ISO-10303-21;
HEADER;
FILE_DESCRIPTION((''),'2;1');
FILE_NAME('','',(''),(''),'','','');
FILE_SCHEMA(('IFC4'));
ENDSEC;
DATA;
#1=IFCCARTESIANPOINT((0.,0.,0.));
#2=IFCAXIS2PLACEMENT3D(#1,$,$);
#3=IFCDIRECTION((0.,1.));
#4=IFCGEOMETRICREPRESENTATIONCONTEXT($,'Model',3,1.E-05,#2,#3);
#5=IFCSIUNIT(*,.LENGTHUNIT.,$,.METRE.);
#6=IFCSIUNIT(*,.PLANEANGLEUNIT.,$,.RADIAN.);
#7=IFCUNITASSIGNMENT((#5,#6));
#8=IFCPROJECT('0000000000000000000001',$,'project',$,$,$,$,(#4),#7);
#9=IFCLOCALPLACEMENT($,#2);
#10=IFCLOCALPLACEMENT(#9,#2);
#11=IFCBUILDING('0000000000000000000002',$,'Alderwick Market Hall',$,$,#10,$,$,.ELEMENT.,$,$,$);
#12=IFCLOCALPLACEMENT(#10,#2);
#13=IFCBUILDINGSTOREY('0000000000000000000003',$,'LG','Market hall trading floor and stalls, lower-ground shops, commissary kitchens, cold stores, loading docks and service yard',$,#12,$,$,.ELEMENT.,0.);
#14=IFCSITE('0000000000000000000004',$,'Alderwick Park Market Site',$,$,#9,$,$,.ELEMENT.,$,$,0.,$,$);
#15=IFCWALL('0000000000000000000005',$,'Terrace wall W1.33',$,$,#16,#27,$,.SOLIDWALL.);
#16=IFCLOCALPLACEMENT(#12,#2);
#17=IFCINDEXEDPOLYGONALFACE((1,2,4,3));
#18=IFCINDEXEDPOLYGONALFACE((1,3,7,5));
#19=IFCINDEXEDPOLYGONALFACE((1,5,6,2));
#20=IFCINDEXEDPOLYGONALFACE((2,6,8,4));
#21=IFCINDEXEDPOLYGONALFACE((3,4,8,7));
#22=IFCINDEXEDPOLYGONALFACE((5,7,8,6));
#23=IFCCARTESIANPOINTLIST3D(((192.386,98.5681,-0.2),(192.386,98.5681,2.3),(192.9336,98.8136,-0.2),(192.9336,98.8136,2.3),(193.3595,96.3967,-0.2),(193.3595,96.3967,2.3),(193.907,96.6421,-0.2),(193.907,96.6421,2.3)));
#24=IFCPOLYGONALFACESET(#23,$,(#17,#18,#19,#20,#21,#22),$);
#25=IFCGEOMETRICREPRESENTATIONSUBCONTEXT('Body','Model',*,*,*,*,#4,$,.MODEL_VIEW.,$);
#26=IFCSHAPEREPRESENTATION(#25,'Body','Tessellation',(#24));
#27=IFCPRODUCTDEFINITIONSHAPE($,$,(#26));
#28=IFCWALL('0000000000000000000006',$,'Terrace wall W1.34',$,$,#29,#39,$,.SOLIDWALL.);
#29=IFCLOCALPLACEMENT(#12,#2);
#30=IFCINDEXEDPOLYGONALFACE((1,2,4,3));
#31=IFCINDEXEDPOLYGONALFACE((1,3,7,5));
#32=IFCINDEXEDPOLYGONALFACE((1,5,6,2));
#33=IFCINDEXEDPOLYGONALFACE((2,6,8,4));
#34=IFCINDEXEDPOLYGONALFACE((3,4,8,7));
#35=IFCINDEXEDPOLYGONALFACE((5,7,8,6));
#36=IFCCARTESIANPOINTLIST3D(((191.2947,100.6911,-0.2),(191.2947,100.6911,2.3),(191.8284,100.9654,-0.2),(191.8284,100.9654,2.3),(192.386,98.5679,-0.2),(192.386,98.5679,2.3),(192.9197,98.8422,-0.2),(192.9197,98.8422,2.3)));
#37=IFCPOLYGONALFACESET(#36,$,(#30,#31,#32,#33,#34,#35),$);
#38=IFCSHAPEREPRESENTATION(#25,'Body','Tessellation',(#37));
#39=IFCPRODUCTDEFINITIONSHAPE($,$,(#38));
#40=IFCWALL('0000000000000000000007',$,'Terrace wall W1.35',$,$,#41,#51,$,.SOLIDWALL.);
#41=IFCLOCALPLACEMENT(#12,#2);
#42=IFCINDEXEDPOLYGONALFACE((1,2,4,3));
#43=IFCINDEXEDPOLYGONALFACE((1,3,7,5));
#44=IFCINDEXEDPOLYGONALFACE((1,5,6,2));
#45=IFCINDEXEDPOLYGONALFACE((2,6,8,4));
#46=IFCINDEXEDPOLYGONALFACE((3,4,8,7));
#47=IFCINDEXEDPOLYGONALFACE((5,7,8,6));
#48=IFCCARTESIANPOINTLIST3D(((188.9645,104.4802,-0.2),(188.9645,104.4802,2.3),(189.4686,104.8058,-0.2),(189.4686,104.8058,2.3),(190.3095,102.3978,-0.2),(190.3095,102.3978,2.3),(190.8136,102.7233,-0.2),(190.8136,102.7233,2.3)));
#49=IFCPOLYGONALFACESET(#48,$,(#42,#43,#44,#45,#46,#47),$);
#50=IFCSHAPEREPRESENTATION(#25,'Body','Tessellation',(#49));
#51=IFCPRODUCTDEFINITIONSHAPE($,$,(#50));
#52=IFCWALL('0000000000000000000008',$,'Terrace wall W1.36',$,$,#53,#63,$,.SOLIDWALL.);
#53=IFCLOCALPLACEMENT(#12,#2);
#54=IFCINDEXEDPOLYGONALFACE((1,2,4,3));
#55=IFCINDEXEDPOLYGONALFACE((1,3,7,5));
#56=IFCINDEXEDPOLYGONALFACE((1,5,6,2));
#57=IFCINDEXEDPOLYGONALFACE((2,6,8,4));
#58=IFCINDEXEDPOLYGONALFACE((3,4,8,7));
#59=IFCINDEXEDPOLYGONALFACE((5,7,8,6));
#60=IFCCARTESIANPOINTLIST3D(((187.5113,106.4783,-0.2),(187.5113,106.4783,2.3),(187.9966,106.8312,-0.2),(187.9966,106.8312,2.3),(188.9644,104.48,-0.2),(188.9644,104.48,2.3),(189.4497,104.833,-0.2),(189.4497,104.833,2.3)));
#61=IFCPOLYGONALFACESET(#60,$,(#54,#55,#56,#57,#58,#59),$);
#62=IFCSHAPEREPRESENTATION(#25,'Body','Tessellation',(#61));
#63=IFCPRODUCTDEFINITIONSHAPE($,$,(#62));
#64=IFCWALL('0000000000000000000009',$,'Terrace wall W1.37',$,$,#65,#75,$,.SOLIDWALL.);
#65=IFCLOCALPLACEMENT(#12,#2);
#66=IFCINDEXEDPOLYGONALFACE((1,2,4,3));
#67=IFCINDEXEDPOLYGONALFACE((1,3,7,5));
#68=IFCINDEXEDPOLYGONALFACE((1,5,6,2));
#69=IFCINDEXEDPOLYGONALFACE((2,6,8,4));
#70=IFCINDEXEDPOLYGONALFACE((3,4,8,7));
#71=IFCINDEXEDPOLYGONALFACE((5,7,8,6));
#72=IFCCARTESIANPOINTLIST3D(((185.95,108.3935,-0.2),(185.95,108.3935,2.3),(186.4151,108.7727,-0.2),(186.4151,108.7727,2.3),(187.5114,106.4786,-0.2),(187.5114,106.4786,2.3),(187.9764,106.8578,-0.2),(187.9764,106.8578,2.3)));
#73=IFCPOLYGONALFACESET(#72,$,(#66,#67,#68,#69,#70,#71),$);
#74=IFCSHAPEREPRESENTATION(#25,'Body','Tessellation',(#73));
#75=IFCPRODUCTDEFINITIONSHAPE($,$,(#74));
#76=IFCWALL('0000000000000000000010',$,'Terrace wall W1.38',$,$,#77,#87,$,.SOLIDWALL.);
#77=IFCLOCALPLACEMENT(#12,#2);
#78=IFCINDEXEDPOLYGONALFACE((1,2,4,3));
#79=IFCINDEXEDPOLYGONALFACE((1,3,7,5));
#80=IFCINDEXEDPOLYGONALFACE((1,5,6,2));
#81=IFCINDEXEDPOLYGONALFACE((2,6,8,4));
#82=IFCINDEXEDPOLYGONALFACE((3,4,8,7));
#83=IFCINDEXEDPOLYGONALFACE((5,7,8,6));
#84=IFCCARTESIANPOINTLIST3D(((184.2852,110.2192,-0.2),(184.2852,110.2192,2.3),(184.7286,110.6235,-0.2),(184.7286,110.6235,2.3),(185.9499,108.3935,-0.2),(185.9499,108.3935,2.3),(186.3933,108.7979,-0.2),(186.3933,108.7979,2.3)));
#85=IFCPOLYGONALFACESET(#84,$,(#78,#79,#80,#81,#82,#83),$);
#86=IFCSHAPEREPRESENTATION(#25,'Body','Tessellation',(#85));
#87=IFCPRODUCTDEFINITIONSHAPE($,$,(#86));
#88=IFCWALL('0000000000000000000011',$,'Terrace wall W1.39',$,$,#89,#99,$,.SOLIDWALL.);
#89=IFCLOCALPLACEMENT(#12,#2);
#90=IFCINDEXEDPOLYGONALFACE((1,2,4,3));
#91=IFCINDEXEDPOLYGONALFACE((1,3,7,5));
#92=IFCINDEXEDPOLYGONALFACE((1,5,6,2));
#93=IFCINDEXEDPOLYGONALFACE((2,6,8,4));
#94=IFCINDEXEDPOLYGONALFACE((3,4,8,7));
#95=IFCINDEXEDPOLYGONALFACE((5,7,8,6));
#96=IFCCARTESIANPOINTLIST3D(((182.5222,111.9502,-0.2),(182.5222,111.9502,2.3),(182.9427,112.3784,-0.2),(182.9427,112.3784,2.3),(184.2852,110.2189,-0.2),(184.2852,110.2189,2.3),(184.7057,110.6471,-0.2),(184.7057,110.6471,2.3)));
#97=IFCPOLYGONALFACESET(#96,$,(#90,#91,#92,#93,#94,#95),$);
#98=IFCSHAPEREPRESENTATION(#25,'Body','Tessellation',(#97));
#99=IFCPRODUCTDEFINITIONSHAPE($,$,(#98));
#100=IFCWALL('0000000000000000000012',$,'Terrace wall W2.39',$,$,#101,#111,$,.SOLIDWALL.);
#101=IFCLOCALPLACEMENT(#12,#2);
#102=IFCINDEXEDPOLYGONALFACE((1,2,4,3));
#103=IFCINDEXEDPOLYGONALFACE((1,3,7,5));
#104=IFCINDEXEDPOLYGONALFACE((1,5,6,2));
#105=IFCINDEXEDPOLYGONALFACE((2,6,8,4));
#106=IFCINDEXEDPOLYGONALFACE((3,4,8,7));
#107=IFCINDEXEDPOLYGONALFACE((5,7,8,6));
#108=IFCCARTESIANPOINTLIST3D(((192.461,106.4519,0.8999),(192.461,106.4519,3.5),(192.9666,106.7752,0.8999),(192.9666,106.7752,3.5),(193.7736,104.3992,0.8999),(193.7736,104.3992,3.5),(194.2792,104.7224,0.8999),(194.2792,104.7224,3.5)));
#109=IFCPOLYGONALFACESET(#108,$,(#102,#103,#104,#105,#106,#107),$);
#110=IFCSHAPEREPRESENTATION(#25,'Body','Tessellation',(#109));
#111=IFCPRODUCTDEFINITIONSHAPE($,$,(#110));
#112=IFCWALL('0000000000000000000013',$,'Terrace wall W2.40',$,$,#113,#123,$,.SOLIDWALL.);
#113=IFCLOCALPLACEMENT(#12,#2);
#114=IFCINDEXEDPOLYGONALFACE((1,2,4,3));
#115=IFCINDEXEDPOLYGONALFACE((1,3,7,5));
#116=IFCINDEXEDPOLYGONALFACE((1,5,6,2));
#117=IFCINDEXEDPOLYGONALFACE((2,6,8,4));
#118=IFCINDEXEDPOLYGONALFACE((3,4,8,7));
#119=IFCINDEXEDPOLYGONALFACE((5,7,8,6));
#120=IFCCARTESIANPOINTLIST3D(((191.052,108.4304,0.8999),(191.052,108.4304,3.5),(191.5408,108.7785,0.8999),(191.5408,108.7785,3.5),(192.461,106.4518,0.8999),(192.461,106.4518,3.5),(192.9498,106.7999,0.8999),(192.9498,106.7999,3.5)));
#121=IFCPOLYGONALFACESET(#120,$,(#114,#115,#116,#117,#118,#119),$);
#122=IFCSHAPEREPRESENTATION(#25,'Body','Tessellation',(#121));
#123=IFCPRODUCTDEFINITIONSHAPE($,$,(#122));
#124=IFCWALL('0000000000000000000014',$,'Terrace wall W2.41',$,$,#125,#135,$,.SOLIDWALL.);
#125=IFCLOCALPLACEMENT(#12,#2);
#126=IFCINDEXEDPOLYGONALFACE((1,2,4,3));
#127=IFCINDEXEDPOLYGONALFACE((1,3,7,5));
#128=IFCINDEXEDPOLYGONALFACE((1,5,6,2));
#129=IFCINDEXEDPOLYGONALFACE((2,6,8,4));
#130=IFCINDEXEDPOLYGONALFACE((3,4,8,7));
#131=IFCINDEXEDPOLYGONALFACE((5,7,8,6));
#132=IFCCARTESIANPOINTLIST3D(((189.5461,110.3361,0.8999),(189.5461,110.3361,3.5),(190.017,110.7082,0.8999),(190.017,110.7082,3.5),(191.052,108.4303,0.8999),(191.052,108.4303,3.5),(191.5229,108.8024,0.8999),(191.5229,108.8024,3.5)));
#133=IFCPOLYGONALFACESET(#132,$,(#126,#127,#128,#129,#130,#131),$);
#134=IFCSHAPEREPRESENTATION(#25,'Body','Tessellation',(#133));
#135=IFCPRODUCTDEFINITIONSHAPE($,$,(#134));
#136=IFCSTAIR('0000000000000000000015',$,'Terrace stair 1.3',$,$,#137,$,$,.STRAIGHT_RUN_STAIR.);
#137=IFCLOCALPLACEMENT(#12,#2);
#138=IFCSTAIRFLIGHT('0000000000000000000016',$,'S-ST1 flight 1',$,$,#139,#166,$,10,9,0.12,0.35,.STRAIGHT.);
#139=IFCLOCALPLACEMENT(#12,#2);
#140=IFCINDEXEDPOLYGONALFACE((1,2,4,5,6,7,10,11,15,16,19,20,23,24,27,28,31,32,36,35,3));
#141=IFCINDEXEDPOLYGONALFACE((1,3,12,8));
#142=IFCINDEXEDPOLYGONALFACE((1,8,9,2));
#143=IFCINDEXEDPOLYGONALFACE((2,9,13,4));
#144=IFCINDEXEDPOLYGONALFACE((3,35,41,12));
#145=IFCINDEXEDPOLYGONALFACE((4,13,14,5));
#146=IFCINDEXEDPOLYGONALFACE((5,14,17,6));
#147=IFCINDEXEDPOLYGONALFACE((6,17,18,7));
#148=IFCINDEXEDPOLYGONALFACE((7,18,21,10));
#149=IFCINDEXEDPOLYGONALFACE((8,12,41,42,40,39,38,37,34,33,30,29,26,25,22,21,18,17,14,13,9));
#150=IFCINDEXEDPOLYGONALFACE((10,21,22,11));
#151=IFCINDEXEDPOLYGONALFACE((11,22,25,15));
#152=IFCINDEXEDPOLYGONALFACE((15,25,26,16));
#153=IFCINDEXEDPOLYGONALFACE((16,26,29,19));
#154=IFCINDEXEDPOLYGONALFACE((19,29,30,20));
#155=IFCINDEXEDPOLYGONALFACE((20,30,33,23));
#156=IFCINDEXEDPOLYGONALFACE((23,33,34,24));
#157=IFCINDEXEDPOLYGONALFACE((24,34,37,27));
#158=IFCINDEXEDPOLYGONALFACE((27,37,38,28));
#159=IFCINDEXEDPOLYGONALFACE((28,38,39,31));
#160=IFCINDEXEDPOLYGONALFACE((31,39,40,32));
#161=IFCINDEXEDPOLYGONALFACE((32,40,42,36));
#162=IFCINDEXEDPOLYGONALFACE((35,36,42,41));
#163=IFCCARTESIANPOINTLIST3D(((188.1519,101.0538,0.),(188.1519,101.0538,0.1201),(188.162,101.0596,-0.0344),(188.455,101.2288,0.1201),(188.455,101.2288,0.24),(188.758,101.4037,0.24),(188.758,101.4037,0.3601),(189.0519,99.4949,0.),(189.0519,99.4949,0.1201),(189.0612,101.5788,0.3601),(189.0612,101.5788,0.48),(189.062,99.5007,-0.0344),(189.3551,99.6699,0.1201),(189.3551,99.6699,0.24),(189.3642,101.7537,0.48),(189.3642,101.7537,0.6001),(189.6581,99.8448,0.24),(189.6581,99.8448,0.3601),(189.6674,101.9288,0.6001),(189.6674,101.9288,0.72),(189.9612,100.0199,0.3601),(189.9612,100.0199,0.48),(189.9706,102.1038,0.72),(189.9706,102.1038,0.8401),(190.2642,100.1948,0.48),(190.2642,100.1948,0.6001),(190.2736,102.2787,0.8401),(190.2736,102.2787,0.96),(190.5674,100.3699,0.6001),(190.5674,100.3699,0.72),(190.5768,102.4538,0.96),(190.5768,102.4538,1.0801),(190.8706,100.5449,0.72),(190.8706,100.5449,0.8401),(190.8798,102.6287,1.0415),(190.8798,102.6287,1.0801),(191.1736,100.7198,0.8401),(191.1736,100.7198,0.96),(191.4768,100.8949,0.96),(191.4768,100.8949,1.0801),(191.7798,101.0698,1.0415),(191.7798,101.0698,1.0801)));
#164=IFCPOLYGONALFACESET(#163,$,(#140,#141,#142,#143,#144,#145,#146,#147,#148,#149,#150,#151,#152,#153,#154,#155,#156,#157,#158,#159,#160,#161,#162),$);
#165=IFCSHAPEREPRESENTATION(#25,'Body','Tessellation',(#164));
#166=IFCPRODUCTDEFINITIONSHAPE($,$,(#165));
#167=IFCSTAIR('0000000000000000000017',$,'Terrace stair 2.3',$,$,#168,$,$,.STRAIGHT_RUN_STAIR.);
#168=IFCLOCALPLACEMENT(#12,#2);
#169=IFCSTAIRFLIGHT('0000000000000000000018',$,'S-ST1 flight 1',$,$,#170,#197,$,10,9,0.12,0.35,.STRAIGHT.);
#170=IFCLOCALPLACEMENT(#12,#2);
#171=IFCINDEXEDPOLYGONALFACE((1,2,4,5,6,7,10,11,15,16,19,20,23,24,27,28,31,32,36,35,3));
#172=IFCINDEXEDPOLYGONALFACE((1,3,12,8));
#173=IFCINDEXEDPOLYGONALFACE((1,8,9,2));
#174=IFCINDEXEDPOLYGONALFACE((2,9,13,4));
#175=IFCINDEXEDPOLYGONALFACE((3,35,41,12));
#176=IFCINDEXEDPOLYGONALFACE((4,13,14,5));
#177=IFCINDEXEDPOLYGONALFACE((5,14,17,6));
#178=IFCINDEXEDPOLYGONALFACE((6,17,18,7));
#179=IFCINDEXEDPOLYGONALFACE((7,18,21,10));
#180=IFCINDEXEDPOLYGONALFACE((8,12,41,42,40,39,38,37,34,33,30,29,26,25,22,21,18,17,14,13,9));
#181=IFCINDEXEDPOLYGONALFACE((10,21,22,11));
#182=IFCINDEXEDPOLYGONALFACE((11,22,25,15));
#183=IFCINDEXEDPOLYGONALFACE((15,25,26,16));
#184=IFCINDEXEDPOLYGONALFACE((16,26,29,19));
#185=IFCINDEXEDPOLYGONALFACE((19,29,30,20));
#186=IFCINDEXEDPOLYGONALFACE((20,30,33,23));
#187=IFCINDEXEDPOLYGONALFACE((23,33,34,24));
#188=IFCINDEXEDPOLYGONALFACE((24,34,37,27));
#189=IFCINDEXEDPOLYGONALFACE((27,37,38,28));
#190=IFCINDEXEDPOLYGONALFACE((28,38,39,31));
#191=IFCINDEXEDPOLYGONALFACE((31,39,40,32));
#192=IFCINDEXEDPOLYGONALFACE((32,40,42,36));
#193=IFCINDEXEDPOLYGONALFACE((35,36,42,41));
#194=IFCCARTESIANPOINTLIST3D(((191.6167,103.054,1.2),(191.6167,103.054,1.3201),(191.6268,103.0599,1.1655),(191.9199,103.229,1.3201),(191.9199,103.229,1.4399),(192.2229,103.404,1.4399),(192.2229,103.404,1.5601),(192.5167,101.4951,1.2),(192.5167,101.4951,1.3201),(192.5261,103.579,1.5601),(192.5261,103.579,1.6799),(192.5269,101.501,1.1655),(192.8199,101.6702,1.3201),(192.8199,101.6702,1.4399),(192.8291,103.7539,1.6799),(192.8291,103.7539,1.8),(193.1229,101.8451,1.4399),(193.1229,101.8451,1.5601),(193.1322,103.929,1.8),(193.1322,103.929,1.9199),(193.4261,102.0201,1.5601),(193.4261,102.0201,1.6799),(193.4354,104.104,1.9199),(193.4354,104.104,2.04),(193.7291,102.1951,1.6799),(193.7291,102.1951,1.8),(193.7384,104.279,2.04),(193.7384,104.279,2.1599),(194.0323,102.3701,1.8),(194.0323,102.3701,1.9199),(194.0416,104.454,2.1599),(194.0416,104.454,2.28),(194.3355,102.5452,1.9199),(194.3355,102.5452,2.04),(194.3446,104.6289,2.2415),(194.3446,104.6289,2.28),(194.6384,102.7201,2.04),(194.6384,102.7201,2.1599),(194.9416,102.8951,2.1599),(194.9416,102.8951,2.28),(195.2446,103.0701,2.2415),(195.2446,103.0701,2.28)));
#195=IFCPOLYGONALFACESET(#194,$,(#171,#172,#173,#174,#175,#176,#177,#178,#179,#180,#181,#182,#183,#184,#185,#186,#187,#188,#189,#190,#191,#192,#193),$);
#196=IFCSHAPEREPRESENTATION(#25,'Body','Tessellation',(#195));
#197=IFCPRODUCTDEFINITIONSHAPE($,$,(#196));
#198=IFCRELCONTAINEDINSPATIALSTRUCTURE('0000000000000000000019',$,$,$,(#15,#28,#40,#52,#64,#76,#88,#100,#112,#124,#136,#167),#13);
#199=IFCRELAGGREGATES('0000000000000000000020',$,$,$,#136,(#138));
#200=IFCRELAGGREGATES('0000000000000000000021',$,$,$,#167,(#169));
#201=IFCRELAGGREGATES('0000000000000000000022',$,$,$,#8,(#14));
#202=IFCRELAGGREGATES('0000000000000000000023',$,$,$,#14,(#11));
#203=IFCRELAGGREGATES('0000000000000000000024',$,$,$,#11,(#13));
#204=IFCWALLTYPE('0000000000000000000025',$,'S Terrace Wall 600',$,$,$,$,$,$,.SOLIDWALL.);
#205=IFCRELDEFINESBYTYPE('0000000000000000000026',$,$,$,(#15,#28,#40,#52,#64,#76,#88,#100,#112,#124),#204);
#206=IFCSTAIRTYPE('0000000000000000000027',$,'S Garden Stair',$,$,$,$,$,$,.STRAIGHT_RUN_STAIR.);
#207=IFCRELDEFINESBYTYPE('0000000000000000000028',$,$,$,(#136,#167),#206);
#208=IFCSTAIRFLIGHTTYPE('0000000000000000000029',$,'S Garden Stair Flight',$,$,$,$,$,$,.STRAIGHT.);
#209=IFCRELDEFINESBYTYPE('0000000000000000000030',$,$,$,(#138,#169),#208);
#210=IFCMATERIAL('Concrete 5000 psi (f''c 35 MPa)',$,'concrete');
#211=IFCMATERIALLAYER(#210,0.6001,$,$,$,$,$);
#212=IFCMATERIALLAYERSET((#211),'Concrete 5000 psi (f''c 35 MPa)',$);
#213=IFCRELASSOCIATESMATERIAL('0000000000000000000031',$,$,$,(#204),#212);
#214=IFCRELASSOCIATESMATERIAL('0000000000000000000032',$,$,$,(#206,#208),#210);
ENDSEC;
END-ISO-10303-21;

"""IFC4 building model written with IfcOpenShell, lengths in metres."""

from ifc_helpers import new_model, si_unit, direction, frame, frame_2d, origin, place, context, subcontext, project, spatial, polyline, rectangle, outline, extrude, material, layer, layer_set, type_object, element, aggregate, save


model = new_model("IFC4")

# Units and contexts
model_context = context("Model", 3, precision=1e-05, world=origin(), true_north=direction((0.0, 1.0)))
body_context = subcontext(model_context, "Body", "Model", "MODEL_VIEW")
ifc_project = project(units=[si_unit("LENGTHUNIT", "METRE"), si_unit("PLANEANGLEUNIT", "RADIAN")], contexts=[model_context])

# Site, building, storey
site_placement = place(None, origin())
site = spatial("IfcSite", under=ifc_project, at=site_placement, Name="Alderwick Park Market Site", CompositionType="ELEMENT", RefElevation=0.0)
building_placement = place(site_placement, origin())
building = spatial("IfcBuilding", under=site, at=building_placement, Name="Alderwick Market Hall", CompositionType="ELEMENT")
storey_placement = place(building_placement, origin())
storey = spatial("IfcBuildingStorey", under=building, at=storey_placement, Name="LG", Description="Market hall trading floor and stalls, lower-ground shops, commissary kitchens, cold stores, loading docks and service yard", CompositionType="ELEMENT", Elevation=0.0)

# Walls
ifc_material_1 = material(Name="Concrete 5000 psi (f'c 35 MPa)", Category="concrete")
ifc_layer = layer(ifc_material_1, 0.6001)
ifc_layer_set = layer_set([ifc_layer], Name="Concrete 5000 psi (f'c 35 MPa)")
wall_type = type_object("IfcWallType", Name="S Terrace Wall 600", PredefinedType="SOLIDWALL", material=ifc_layer_set)
wall_1_placement = place(storey_placement, frame((193.6333, 96.5193, -0.2), z_axis=(0.0, 0.0, 1.0), x_axis=(-0.409059, 0.912508, 0.0)))
element("IfcWall", 1, at=wall_1_placement, inside=storey, type_object=wall_type, Name="Terrace wall W1.33", PredefinedType="SOLIDWALL", context=body_context, shape_type="SweptSolid", body=[
    extrude(rectangle(XDim=2.3796, YDim=0.6001, at=frame_2d((1.1899, 0.0))), origin(), (0.0, 0.0, 1.0), 2.5),
])
wall_2_placement = place(storey_placement, frame((192.6528, 98.7051, -0.2), z_axis=(0.0, 0.0, 1.0), x_axis=(-0.457126, 0.889402, 0.0)))
element("IfcWall", 2, at=wall_2_placement, inside=storey, type_object=wall_type, Name="Terrace wall W1.34", PredefinedType="SOLIDWALL", context=body_context, shape_type="SweptSolid", body=[
    extrude(rectangle(XDim=2.3872, YDim=0.6001, at=frame_2d((1.1936, 0.0))), origin(), (0.0, 0.0, 1.0), 2.5),
])
wall_3_placement = place(storey_placement, frame((190.5615, 102.5605, -0.2), z_axis=(0.0, 0.0, 1.0), x_axis=(-0.542528, 0.840038, 0.0)))
element("IfcWall", 3, at=wall_3_placement, inside=storey, type_object=wall_type, Name="Terrace wall W1.35", PredefinedType="SOLIDWALL", context=body_context, shape_type="SweptSolid", body=[
    extrude(rectangle(XDim=2.479, YDim=0.6001, at=frame_2d((1.2395, 0.0))), origin(), (0.0, 0.0, 1.0), 2.5),
])
for number, where, z_axis, x_axis, name in (
    (4, (189.207, 104.6565, -0.2), (0.0, 0.0, 1.0), (-0.588125, 0.80877, 0.0), "Terrace wall W1.36"),
    (5, (187.7439, 106.6682, -0.2), (0.0, 0.0, 1.0), (-0.631935, 0.775022, 0.0), "Terrace wall W1.37"),
    (6, (186.1716, 108.5957, -0.2), (0.0, 0.0, 1.0), (-0.673798, 0.738915, 0.0), "Terrace wall W1.38"),
):
    element("IfcWall", number, at=place(storey_placement, frame(where, z_axis=z_axis, x_axis=x_axis)), inside=storey, type_object=wall_type, Name=name, PredefinedType="SOLIDWALL", context=body_context, shape_type="SweptSolid", body=[
        extrude(rectangle(XDim=2.4707, YDim=0.6001, at=frame_2d((1.2354, 0.0))), origin(), (0.0, 0.0, 1.0), 2.5),
    ])
wall_4_placement = place(storey_placement, frame((184.4954, 110.4331, -0.2), z_axis=(0.0, 0.0, 1.0), x_axis=(-0.7135, 0.700655, 0.0)))
element("IfcWall", 7, at=wall_4_placement, inside=storey, type_object=wall_type, Name="Terrace wall W1.39", PredefinedType="SOLIDWALL", context=body_context, shape_type="SweptSolid", body=[
    extrude(rectangle(XDim=2.4709, YDim=0.6001, at=frame_2d((1.2354, 0.0))), origin(), (0.0, 0.0, 1.0), 2.5),
])
wall_5_placement = place(storey_placement, frame((194.0264, 104.5608, 0.8999), z_axis=(0.0, 0.0, 1.0), x_axis=(-0.53869, 0.842504, 0.0)))
element("IfcWall", 8, at=wall_5_placement, inside=storey, type_object=wall_type, Name="Terrace wall W2.39", PredefinedType="SOLIDWALL", context=body_context, shape_type="SweptSolid", body=[
    extrude(rectangle(XDim=2.4365, YDim=0.6001, at=frame_2d((1.2183, 0.0))), origin(), (0.0, 0.0, 1.0), 2.6001),
])
for number, where, z_axis, x_axis, name in (
    (9, (192.7053, 106.626, 0.8999), (0.0, 0.0, 1.0), (-0.580068, 0.814568, 0.0), "Terrace wall W2.40"),
    (10, (191.2874, 108.6165, 0.8999), (0.0, 0.0, 1.0), (-0.619977, 0.78462, 0.0), "Terrace wall W2.41"),
):
    element("IfcWall", number, at=place(storey_placement, frame(where, z_axis=z_axis, x_axis=x_axis)), inside=storey, type_object=wall_type, Name=name, PredefinedType="SOLIDWALL", context=body_context, shape_type="SweptSolid", body=[
        extrude(rectangle(XDim=2.429, YDim=0.6001, at=frame_2d((1.2144, 0.0))), origin(), (0.0, 0.0, 1.0), 2.6001),
    ])

# Stairs, stair flights
stair_type = type_object("IfcStairType", Name="S Garden Stair", PredefinedType="STRAIGHT_RUN_STAIR", material=ifc_material_1)
stair_1_placement = place(storey_placement, origin())
stair_1 = element("IfcStair", 11, at=stair_1_placement, inside=storey, type_object=stair_type, Name="Terrace stair 1.3", PredefinedType="STRAIGHT_RUN_STAIR")
stair_flight_type = type_object("IfcStairFlightType", Name="S Garden Stair Flight", PredefinedType="STRAIGHT", material=ifc_material_1)
stair_flight_1_placement = place(storey_placement, frame((188.6018, 100.2744, 0.0), z_axis=(0.0, 0.0, 1.0), x_axis=(0.866025, 0.5, 0.0)))
stair_flight_1 = element("IfcStairFlight", 12, at=stair_flight_1_placement, type_object=stair_flight_type, Name="S-ST1 flight 1", NumberOfRisers=10, NumberOfTreads=9, PredefinedType="STRAIGHT", RiserHeight=0.12, TreadLength=0.35, context=body_context, shape_type="SweptSolid", body=[
    extrude(outline(polyline([(0.0117, -0.0344), (0.0, 0.0), (0.0, 0.1201), (0.3501, 0.1201), (0.3501, 0.24), (0.7, 0.24), (0.7, 0.3601), (1.05, 0.3601), (1.05, 0.48), (1.3999, 0.48), (1.3999, 0.6001), (1.75, 0.6001), (1.75, 0.72), (2.1001, 0.72), (2.1001, 0.8401), (2.45, 0.8401), (2.45, 0.96), (2.8, 0.96), (2.8, 1.0801), (3.1499, 1.0801), (3.1499, 1.0415), (0.0117, -0.0344)])), frame((0.0, 0.8999, 0.0), z_axis=(0.0, -1.0, 0.0), x_axis=(1.0, 0.0, 0.0)), (0.0, 0.0, 1.0), 1.8),
])
stair_2_placement = place(storey_placement, origin())
stair_2 = element("IfcStair", 13, at=stair_2_placement, inside=storey, type_object=stair_type, Name="Terrace stair 2.3", PredefinedType="STRAIGHT_RUN_STAIR")
stair_flight_2_placement = place(storey_placement, frame((192.0667, 102.2747, 1.2), z_axis=(0.0, 0.0, 1.0), x_axis=(0.866025, 0.5, 0.0)))
stair_flight_2 = element("IfcStairFlight", 14, at=stair_flight_2_placement, type_object=stair_flight_type, Name="S-ST1 flight 1", NumberOfRisers=10, NumberOfTreads=9, PredefinedType="STRAIGHT", RiserHeight=0.12, TreadLength=0.35, context=body_context, shape_type="SweptSolid", body=[
    extrude(outline(polyline([(0.0117, -0.0344), (0.0, 0.0), (0.0, 0.1201), (0.3501, 0.1201), (0.3501, 0.24), (0.7, 0.24), (0.7, 0.3601), (1.05, 0.3601), (1.05, 0.48), (1.3999, 0.48), (1.3999, 0.6001), (1.75, 0.6001), (1.75, 0.72), (2.1001, 0.72), (2.1001, 0.8401), (2.45, 0.8401), (2.45, 0.96), (2.8, 0.96), (2.8, 1.0801), (3.1499, 1.0801), (3.1499, 1.0415), (0.0117, -0.0344)])), frame((0.0, 0.8999, 0.0), z_axis=(0.0, -1.0, 0.0), x_axis=(1.0, 0.0, 0.0)), (0.0, 0.0, 1.0), 1.8),
])

aggregate(stair_1, [stair_flight_1])
aggregate(stair_2, [stair_flight_2])

save(model, "model.ifc")
